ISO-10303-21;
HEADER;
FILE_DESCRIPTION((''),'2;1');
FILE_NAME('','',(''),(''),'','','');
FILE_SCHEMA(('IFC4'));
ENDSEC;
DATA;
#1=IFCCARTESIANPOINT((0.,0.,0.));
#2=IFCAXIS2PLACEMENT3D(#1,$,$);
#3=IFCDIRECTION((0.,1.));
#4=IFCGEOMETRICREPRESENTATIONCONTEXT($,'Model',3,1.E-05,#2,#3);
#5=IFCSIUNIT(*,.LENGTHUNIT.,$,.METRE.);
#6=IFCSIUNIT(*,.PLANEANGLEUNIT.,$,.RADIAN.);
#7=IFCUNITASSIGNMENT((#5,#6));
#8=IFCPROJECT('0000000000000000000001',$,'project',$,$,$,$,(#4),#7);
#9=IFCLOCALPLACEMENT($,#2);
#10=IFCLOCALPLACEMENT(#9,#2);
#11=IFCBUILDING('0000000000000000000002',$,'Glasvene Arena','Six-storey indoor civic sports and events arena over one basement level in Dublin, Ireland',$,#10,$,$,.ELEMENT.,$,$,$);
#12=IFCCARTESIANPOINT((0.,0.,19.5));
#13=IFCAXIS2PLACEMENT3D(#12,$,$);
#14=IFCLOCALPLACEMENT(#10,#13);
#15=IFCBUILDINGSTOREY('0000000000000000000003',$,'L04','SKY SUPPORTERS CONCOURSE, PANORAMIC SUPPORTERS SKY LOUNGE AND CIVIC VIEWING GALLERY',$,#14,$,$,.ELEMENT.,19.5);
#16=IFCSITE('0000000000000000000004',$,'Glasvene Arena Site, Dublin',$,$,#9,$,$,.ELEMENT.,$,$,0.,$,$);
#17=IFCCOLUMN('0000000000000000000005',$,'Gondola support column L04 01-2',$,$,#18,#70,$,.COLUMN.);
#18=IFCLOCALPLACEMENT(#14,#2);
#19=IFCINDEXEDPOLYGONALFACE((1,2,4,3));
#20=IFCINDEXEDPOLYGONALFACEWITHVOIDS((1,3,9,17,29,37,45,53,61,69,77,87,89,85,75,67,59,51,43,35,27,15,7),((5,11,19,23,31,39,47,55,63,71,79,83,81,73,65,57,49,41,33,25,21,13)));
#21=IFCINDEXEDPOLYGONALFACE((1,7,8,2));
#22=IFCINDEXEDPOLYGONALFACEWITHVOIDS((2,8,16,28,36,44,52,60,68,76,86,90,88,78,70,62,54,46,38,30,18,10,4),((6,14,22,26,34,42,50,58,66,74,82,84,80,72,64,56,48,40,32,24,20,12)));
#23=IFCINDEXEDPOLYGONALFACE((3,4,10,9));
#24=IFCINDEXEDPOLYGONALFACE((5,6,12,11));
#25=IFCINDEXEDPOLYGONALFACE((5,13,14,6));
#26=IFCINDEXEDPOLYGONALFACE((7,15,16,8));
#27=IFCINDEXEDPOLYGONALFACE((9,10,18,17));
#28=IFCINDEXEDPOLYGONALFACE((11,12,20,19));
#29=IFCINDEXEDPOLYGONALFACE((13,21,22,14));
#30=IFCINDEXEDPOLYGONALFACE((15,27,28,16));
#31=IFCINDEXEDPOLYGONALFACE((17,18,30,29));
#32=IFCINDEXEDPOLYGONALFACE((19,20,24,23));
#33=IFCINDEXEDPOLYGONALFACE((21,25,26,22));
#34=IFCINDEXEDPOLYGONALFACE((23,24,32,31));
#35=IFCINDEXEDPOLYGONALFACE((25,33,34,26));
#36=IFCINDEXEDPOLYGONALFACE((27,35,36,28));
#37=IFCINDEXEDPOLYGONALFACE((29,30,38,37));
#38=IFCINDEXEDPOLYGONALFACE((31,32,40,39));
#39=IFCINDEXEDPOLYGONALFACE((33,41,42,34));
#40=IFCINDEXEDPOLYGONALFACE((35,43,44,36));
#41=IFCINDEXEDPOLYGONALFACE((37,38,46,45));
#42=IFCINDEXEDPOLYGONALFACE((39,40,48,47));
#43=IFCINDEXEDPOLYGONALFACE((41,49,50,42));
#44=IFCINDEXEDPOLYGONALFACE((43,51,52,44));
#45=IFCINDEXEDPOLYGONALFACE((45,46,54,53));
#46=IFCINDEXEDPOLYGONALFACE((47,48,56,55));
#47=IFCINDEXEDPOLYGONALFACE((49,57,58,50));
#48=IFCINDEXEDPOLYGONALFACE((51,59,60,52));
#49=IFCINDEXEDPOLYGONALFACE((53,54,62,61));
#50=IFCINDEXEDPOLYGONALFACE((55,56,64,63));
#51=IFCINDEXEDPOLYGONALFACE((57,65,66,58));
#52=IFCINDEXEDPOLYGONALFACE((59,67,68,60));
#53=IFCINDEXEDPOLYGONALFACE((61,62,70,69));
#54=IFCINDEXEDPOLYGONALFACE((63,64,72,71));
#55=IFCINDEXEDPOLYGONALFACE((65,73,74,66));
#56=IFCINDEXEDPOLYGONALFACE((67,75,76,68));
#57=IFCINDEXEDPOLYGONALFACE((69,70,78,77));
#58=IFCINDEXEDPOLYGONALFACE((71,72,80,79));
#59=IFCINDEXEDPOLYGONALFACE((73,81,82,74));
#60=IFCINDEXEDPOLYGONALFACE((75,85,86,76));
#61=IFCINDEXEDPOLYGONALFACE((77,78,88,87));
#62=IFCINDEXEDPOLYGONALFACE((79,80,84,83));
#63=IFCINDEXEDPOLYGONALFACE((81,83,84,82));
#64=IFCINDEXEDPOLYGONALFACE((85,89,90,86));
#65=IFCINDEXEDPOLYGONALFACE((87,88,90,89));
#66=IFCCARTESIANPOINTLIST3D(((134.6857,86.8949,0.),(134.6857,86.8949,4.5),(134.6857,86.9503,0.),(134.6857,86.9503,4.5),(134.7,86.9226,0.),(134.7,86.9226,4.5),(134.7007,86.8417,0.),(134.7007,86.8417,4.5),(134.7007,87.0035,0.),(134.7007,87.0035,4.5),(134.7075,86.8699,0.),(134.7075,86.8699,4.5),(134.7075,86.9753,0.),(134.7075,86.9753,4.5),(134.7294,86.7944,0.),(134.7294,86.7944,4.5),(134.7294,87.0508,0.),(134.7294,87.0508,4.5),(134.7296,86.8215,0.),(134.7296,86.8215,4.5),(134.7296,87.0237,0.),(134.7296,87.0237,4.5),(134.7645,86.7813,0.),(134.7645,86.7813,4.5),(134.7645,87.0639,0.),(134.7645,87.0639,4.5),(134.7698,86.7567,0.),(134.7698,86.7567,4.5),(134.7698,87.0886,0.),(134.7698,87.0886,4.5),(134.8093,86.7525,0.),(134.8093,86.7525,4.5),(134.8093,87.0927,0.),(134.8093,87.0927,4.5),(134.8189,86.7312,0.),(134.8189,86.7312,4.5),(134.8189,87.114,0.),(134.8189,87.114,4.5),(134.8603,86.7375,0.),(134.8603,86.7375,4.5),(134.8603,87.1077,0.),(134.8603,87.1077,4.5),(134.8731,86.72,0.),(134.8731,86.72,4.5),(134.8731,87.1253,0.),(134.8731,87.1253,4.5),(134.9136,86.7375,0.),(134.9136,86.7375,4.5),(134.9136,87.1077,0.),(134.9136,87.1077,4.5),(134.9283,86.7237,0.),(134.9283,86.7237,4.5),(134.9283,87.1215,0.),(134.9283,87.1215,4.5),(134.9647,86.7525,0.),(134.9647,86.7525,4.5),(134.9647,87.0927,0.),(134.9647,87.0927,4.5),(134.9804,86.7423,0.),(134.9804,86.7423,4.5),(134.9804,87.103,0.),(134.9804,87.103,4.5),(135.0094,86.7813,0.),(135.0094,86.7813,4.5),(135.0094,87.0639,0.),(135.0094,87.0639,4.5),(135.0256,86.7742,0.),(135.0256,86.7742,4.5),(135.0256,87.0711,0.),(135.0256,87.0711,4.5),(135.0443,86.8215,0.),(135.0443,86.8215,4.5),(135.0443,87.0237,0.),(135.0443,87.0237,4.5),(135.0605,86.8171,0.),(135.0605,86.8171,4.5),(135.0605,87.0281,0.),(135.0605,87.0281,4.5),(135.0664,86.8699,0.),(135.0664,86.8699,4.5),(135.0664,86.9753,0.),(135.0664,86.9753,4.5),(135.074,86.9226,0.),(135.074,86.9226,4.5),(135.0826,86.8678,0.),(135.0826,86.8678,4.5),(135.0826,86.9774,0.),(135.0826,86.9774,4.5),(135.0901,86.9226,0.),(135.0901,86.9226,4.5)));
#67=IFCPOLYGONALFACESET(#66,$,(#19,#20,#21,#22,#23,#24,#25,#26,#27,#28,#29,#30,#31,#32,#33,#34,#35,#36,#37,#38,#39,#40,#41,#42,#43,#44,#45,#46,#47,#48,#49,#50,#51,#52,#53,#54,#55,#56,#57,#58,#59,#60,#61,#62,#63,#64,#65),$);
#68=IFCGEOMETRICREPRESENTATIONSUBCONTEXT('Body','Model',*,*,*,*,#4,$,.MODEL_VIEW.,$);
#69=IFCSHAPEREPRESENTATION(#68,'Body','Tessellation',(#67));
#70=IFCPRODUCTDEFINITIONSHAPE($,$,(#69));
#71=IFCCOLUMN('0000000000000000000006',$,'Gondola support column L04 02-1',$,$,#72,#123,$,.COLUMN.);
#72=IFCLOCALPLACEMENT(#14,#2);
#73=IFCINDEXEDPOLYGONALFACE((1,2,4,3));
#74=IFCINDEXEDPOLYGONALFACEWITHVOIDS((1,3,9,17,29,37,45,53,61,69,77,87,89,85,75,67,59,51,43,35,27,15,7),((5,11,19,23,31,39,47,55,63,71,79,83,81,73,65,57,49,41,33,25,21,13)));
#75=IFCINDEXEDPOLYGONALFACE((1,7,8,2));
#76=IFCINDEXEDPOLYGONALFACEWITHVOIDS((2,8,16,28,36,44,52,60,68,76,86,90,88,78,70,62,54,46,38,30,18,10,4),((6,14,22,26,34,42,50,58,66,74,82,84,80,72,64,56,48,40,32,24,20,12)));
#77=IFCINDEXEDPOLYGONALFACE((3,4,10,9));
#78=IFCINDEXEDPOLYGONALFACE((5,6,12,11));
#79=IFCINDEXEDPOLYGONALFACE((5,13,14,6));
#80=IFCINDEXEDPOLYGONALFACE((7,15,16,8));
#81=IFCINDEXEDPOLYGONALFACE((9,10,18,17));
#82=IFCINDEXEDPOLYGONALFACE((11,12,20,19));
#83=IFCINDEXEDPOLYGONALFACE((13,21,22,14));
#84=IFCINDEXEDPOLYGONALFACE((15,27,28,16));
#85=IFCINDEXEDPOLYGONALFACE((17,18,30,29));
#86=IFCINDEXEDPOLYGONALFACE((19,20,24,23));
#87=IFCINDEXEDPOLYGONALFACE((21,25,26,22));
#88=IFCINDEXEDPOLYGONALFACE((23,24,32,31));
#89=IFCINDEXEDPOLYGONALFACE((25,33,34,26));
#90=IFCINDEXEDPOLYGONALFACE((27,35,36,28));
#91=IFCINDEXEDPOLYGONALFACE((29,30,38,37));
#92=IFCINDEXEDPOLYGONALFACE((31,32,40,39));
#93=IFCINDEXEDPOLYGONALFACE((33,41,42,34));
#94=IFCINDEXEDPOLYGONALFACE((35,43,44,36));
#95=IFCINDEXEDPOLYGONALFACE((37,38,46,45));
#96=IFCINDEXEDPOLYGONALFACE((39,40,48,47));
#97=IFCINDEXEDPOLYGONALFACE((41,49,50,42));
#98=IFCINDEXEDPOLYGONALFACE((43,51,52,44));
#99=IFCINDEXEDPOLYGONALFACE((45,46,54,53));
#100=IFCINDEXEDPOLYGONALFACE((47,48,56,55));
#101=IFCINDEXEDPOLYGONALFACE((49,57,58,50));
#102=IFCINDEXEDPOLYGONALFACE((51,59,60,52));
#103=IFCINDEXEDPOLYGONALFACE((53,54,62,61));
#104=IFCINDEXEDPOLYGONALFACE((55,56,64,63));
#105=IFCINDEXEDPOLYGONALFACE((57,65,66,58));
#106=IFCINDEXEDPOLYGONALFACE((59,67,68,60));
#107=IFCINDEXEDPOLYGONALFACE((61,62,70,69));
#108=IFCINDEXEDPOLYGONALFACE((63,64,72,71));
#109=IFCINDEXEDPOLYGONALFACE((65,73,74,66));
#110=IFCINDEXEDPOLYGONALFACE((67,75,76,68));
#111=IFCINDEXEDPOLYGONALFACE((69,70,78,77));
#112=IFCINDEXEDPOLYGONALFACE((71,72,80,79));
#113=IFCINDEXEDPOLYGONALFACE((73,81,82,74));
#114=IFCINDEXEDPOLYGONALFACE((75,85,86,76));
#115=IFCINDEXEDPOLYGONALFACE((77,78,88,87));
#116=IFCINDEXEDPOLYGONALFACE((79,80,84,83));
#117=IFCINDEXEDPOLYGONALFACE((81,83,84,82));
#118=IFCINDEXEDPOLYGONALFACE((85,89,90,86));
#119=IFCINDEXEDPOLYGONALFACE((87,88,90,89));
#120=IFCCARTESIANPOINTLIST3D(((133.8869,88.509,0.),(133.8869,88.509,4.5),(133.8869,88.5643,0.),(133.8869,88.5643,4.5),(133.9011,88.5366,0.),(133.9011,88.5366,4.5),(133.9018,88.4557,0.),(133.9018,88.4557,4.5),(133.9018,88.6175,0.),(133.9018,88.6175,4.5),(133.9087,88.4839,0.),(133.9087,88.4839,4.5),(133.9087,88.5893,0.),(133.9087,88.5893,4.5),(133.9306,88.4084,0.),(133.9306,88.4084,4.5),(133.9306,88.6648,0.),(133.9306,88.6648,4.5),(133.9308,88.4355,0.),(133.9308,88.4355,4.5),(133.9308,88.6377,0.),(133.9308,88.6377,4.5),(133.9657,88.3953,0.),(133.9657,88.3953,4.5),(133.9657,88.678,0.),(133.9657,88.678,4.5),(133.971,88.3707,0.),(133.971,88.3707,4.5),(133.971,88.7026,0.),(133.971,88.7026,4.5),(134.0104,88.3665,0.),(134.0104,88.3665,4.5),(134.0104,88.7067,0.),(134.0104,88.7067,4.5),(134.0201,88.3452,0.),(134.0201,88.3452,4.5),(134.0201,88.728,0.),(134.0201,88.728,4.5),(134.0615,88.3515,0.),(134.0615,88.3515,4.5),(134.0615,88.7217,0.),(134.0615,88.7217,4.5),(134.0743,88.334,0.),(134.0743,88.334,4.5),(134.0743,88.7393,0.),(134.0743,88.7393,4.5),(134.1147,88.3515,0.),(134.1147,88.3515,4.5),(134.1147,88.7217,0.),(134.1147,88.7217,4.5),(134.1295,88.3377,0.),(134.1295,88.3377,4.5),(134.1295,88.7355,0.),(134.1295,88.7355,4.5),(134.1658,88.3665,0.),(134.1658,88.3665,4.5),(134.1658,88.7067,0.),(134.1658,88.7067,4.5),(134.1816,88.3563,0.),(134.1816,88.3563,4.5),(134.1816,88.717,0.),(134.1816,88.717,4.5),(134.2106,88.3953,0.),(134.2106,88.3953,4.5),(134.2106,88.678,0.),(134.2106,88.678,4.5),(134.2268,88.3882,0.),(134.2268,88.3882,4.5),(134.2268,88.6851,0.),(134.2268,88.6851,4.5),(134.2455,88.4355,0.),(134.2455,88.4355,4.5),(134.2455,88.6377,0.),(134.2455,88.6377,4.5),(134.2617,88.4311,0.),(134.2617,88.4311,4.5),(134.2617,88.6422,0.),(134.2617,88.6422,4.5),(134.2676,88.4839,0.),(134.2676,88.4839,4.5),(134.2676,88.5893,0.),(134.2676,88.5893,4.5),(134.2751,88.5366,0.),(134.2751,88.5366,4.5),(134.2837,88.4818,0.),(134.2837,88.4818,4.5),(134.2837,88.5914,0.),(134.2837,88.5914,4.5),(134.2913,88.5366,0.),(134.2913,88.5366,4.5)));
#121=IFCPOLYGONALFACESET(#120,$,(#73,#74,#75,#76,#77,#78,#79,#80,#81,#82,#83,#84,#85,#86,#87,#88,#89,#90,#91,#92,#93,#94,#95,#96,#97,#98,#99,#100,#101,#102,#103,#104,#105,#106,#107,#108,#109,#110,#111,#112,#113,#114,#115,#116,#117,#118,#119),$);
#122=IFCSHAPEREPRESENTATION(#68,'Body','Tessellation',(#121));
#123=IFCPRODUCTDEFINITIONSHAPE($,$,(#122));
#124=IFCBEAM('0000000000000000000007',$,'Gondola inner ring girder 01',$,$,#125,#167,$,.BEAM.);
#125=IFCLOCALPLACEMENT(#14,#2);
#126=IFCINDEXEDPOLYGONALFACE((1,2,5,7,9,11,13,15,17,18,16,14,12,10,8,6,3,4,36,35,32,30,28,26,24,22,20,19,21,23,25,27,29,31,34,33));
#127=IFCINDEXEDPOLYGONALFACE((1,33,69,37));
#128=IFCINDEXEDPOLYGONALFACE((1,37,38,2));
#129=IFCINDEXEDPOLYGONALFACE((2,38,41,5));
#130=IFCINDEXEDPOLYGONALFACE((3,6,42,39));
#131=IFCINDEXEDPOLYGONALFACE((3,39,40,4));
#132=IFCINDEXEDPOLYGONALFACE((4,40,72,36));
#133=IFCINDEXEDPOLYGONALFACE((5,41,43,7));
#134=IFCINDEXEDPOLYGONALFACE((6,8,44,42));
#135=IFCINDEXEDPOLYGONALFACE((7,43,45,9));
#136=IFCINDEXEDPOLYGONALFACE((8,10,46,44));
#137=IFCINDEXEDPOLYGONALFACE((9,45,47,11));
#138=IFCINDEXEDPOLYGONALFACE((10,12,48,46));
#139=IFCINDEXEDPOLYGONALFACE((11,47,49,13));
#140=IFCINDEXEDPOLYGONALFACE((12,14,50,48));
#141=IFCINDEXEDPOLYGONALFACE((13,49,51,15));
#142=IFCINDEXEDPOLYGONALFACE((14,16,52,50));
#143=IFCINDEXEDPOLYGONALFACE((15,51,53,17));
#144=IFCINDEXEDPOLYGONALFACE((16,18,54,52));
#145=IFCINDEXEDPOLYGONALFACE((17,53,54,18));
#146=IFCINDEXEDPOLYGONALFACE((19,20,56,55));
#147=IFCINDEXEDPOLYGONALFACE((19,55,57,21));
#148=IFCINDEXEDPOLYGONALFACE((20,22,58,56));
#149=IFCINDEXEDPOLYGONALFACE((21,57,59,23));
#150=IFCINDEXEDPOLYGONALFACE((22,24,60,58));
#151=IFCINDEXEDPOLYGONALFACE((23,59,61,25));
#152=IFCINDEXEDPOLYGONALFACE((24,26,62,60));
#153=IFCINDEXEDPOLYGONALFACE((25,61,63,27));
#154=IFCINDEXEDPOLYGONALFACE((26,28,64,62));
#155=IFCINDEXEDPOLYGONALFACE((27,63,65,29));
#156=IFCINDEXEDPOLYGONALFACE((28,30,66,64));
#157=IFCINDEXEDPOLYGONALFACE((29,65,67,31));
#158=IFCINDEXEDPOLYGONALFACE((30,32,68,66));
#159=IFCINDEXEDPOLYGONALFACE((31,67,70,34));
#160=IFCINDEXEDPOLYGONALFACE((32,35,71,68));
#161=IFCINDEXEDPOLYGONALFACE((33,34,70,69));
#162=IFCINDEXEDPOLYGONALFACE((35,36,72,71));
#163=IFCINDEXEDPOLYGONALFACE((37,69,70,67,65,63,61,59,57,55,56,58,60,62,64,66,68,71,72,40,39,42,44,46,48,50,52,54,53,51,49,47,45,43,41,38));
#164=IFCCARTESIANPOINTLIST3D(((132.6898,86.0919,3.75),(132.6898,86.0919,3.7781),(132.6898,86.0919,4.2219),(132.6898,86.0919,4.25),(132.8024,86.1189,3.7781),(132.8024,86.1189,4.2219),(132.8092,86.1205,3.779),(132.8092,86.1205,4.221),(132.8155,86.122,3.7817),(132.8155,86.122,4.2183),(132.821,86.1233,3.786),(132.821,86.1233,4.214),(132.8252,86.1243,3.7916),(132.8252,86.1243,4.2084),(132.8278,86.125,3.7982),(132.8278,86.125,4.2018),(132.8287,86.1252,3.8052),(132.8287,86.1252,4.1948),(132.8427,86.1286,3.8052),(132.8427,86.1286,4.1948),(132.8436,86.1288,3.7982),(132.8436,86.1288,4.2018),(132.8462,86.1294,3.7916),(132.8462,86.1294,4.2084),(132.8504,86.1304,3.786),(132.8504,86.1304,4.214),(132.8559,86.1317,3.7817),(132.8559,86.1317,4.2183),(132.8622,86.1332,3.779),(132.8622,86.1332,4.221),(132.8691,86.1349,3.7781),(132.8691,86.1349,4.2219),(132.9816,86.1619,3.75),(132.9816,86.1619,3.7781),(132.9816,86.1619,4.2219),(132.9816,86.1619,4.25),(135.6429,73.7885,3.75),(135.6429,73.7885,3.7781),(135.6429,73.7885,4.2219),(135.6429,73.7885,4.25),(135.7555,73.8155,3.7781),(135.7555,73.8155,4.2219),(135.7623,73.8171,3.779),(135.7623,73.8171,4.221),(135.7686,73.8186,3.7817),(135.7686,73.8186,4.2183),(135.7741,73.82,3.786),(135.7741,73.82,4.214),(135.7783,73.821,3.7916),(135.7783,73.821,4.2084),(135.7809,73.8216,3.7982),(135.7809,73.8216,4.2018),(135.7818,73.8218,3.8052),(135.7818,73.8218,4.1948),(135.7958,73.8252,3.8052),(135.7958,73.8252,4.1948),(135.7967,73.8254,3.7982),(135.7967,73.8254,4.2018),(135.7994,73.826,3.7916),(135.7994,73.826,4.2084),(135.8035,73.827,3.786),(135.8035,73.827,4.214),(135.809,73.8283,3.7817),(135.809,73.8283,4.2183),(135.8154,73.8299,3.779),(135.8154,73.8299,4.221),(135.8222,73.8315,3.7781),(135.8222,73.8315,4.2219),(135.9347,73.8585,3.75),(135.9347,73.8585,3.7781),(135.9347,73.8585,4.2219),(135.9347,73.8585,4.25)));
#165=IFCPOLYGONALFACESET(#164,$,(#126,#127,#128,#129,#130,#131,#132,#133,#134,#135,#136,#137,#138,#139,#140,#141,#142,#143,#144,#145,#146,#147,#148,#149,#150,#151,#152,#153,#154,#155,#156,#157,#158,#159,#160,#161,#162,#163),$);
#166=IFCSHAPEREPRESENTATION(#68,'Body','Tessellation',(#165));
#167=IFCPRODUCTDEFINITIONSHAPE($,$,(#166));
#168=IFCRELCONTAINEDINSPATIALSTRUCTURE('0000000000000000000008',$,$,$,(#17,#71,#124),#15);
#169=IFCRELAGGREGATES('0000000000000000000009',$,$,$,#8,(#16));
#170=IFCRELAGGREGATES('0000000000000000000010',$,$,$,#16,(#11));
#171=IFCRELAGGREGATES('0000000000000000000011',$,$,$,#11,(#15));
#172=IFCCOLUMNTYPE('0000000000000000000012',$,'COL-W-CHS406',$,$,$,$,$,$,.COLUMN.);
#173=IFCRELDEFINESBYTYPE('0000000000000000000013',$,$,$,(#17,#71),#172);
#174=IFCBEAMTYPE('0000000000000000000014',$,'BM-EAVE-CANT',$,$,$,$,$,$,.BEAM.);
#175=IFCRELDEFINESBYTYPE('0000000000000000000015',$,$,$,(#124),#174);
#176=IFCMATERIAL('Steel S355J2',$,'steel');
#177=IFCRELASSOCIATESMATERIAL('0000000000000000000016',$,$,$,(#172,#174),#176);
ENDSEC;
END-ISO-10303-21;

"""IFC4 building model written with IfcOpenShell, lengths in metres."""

from ifc_helpers import new_model, si_unit, direction, frame, origin, origin_2d, place, context, subcontext, project, spatial, hollow_circle, i_section, extrude, material, material_profile, profile_set, type_object, element, save


model = new_model("IFC4")

# Units and contexts
model_context = context("Model", 3, precision=1e-05, world=origin(), true_north=direction((0.0, 1.0)))
body_context = subcontext(model_context, "Body", "Model", "MODEL_VIEW")
ifc_project = project(units=[si_unit("LENGTHUNIT", "METRE"), si_unit("PLANEANGLEUNIT", "RADIAN")], contexts=[model_context])

# Site, building, storey
site_placement = place(None, origin())
site = spatial("IfcSite", under=ifc_project, at=site_placement, Name="Glasvene Arena Site, Dublin", CompositionType="ELEMENT", RefElevation=0.0)
building_placement = place(site_placement, origin())
building = spatial("IfcBuilding", under=site, at=building_placement, Name="Glasvene Arena", Description="Six-storey indoor civic sports and events arena over one basement level in Dublin, Ireland", CompositionType="ELEMENT")
storey_placement = place(building_placement, frame((0.0, 0.0, 19.5)))
storey = spatial("IfcBuildingStorey", under=building, at=storey_placement, Name="L04", Description="SKY SUPPORTERS CONCOURSE, PANORAMIC SUPPORTERS SKY LOUNGE AND CIVIC VIEWING GALLERY", CompositionType="ELEMENT", Elevation=19.5)

# Columns
ifc_material_1 = material(Name="Steel S355J2", Category="steel")
ifc_material_profile_1 = material_profile(ifc_material_1, hollow_circle(Radius=0.2031, WallThickness=0.0161, at=origin_2d()), Name="CHS 406.4x16.0")
ifc_profile_set_1 = profile_set([ifc_material_profile_1], Name="Steel S355J2")
column_type = type_object("IfcColumnType", Name="COL-W-CHS406", PredefinedType="COLUMN", material=ifc_profile_set_1)
for number, where, z_axis, x_axis, name in (
    (1, (134.887, 86.9226, 0.0), (0.0, 0.0, 1.0), (1.0, 0.0, 0.0), "Gondola support column L04 01-2"),
    (2, (134.0881, 88.5366, 0.0), (0.0, 0.0, 1.0), (1.0, 0.0, 0.0), "Gondola support column L04 02-1"),
):
    element("IfcColumn", number, at=place(storey_placement, frame(where, z_axis=z_axis, x_axis=x_axis)), inside=storey, type_object=column_type, Name=name, PredefinedType="COLUMN", context=body_context, shape_type="SweptSolid", body=[
        extrude(hollow_circle(Radius=0.2031, WallThickness=0.0161, at=origin_2d()), origin(), (0.0, 0.0, 1.0), 4.5),
    ])

# Beam
ifc_material_profile_2 = material_profile(ifc_material_1, i_section(OverallWidth=0.3, OverallDepth=0.5, WebThickness=0.0144, FlangeThickness=0.0281, FilletRadius=0.0271, at=origin_2d()), Name="HEB 500")
ifc_profile_set_2 = profile_set([ifc_material_profile_2], Name="Steel S355J2")
beam_type_1 = type_object("IfcBeamType", Name="BM-EAVE-CANT", PredefinedType="BEAM", material=ifc_profile_set_2)
beam_1_placement = place(storey_placement, frame((135.7888, 73.8235, 4.0), z_axis=(-0.233395, 0.972382, 0.0), x_axis=(-0.972382, -0.233395, 0.0)))
element("IfcBeam", 3, at=beam_1_placement, inside=storey, type_object=beam_type_1, Name="Gondola inner ring girder 01", PredefinedType="BEAM", context=body_context, shape_type="SweptSolid", body=[
    extrude(i_section(OverallWidth=0.3, OverallDepth=0.5, WebThickness=0.0144, FlangeThickness=0.0281, FilletRadius=0.0271, at=origin_2d()), origin(), (0.0, 0.0, 1.0), 12.6528),
])

save(model, "model.ifc")
